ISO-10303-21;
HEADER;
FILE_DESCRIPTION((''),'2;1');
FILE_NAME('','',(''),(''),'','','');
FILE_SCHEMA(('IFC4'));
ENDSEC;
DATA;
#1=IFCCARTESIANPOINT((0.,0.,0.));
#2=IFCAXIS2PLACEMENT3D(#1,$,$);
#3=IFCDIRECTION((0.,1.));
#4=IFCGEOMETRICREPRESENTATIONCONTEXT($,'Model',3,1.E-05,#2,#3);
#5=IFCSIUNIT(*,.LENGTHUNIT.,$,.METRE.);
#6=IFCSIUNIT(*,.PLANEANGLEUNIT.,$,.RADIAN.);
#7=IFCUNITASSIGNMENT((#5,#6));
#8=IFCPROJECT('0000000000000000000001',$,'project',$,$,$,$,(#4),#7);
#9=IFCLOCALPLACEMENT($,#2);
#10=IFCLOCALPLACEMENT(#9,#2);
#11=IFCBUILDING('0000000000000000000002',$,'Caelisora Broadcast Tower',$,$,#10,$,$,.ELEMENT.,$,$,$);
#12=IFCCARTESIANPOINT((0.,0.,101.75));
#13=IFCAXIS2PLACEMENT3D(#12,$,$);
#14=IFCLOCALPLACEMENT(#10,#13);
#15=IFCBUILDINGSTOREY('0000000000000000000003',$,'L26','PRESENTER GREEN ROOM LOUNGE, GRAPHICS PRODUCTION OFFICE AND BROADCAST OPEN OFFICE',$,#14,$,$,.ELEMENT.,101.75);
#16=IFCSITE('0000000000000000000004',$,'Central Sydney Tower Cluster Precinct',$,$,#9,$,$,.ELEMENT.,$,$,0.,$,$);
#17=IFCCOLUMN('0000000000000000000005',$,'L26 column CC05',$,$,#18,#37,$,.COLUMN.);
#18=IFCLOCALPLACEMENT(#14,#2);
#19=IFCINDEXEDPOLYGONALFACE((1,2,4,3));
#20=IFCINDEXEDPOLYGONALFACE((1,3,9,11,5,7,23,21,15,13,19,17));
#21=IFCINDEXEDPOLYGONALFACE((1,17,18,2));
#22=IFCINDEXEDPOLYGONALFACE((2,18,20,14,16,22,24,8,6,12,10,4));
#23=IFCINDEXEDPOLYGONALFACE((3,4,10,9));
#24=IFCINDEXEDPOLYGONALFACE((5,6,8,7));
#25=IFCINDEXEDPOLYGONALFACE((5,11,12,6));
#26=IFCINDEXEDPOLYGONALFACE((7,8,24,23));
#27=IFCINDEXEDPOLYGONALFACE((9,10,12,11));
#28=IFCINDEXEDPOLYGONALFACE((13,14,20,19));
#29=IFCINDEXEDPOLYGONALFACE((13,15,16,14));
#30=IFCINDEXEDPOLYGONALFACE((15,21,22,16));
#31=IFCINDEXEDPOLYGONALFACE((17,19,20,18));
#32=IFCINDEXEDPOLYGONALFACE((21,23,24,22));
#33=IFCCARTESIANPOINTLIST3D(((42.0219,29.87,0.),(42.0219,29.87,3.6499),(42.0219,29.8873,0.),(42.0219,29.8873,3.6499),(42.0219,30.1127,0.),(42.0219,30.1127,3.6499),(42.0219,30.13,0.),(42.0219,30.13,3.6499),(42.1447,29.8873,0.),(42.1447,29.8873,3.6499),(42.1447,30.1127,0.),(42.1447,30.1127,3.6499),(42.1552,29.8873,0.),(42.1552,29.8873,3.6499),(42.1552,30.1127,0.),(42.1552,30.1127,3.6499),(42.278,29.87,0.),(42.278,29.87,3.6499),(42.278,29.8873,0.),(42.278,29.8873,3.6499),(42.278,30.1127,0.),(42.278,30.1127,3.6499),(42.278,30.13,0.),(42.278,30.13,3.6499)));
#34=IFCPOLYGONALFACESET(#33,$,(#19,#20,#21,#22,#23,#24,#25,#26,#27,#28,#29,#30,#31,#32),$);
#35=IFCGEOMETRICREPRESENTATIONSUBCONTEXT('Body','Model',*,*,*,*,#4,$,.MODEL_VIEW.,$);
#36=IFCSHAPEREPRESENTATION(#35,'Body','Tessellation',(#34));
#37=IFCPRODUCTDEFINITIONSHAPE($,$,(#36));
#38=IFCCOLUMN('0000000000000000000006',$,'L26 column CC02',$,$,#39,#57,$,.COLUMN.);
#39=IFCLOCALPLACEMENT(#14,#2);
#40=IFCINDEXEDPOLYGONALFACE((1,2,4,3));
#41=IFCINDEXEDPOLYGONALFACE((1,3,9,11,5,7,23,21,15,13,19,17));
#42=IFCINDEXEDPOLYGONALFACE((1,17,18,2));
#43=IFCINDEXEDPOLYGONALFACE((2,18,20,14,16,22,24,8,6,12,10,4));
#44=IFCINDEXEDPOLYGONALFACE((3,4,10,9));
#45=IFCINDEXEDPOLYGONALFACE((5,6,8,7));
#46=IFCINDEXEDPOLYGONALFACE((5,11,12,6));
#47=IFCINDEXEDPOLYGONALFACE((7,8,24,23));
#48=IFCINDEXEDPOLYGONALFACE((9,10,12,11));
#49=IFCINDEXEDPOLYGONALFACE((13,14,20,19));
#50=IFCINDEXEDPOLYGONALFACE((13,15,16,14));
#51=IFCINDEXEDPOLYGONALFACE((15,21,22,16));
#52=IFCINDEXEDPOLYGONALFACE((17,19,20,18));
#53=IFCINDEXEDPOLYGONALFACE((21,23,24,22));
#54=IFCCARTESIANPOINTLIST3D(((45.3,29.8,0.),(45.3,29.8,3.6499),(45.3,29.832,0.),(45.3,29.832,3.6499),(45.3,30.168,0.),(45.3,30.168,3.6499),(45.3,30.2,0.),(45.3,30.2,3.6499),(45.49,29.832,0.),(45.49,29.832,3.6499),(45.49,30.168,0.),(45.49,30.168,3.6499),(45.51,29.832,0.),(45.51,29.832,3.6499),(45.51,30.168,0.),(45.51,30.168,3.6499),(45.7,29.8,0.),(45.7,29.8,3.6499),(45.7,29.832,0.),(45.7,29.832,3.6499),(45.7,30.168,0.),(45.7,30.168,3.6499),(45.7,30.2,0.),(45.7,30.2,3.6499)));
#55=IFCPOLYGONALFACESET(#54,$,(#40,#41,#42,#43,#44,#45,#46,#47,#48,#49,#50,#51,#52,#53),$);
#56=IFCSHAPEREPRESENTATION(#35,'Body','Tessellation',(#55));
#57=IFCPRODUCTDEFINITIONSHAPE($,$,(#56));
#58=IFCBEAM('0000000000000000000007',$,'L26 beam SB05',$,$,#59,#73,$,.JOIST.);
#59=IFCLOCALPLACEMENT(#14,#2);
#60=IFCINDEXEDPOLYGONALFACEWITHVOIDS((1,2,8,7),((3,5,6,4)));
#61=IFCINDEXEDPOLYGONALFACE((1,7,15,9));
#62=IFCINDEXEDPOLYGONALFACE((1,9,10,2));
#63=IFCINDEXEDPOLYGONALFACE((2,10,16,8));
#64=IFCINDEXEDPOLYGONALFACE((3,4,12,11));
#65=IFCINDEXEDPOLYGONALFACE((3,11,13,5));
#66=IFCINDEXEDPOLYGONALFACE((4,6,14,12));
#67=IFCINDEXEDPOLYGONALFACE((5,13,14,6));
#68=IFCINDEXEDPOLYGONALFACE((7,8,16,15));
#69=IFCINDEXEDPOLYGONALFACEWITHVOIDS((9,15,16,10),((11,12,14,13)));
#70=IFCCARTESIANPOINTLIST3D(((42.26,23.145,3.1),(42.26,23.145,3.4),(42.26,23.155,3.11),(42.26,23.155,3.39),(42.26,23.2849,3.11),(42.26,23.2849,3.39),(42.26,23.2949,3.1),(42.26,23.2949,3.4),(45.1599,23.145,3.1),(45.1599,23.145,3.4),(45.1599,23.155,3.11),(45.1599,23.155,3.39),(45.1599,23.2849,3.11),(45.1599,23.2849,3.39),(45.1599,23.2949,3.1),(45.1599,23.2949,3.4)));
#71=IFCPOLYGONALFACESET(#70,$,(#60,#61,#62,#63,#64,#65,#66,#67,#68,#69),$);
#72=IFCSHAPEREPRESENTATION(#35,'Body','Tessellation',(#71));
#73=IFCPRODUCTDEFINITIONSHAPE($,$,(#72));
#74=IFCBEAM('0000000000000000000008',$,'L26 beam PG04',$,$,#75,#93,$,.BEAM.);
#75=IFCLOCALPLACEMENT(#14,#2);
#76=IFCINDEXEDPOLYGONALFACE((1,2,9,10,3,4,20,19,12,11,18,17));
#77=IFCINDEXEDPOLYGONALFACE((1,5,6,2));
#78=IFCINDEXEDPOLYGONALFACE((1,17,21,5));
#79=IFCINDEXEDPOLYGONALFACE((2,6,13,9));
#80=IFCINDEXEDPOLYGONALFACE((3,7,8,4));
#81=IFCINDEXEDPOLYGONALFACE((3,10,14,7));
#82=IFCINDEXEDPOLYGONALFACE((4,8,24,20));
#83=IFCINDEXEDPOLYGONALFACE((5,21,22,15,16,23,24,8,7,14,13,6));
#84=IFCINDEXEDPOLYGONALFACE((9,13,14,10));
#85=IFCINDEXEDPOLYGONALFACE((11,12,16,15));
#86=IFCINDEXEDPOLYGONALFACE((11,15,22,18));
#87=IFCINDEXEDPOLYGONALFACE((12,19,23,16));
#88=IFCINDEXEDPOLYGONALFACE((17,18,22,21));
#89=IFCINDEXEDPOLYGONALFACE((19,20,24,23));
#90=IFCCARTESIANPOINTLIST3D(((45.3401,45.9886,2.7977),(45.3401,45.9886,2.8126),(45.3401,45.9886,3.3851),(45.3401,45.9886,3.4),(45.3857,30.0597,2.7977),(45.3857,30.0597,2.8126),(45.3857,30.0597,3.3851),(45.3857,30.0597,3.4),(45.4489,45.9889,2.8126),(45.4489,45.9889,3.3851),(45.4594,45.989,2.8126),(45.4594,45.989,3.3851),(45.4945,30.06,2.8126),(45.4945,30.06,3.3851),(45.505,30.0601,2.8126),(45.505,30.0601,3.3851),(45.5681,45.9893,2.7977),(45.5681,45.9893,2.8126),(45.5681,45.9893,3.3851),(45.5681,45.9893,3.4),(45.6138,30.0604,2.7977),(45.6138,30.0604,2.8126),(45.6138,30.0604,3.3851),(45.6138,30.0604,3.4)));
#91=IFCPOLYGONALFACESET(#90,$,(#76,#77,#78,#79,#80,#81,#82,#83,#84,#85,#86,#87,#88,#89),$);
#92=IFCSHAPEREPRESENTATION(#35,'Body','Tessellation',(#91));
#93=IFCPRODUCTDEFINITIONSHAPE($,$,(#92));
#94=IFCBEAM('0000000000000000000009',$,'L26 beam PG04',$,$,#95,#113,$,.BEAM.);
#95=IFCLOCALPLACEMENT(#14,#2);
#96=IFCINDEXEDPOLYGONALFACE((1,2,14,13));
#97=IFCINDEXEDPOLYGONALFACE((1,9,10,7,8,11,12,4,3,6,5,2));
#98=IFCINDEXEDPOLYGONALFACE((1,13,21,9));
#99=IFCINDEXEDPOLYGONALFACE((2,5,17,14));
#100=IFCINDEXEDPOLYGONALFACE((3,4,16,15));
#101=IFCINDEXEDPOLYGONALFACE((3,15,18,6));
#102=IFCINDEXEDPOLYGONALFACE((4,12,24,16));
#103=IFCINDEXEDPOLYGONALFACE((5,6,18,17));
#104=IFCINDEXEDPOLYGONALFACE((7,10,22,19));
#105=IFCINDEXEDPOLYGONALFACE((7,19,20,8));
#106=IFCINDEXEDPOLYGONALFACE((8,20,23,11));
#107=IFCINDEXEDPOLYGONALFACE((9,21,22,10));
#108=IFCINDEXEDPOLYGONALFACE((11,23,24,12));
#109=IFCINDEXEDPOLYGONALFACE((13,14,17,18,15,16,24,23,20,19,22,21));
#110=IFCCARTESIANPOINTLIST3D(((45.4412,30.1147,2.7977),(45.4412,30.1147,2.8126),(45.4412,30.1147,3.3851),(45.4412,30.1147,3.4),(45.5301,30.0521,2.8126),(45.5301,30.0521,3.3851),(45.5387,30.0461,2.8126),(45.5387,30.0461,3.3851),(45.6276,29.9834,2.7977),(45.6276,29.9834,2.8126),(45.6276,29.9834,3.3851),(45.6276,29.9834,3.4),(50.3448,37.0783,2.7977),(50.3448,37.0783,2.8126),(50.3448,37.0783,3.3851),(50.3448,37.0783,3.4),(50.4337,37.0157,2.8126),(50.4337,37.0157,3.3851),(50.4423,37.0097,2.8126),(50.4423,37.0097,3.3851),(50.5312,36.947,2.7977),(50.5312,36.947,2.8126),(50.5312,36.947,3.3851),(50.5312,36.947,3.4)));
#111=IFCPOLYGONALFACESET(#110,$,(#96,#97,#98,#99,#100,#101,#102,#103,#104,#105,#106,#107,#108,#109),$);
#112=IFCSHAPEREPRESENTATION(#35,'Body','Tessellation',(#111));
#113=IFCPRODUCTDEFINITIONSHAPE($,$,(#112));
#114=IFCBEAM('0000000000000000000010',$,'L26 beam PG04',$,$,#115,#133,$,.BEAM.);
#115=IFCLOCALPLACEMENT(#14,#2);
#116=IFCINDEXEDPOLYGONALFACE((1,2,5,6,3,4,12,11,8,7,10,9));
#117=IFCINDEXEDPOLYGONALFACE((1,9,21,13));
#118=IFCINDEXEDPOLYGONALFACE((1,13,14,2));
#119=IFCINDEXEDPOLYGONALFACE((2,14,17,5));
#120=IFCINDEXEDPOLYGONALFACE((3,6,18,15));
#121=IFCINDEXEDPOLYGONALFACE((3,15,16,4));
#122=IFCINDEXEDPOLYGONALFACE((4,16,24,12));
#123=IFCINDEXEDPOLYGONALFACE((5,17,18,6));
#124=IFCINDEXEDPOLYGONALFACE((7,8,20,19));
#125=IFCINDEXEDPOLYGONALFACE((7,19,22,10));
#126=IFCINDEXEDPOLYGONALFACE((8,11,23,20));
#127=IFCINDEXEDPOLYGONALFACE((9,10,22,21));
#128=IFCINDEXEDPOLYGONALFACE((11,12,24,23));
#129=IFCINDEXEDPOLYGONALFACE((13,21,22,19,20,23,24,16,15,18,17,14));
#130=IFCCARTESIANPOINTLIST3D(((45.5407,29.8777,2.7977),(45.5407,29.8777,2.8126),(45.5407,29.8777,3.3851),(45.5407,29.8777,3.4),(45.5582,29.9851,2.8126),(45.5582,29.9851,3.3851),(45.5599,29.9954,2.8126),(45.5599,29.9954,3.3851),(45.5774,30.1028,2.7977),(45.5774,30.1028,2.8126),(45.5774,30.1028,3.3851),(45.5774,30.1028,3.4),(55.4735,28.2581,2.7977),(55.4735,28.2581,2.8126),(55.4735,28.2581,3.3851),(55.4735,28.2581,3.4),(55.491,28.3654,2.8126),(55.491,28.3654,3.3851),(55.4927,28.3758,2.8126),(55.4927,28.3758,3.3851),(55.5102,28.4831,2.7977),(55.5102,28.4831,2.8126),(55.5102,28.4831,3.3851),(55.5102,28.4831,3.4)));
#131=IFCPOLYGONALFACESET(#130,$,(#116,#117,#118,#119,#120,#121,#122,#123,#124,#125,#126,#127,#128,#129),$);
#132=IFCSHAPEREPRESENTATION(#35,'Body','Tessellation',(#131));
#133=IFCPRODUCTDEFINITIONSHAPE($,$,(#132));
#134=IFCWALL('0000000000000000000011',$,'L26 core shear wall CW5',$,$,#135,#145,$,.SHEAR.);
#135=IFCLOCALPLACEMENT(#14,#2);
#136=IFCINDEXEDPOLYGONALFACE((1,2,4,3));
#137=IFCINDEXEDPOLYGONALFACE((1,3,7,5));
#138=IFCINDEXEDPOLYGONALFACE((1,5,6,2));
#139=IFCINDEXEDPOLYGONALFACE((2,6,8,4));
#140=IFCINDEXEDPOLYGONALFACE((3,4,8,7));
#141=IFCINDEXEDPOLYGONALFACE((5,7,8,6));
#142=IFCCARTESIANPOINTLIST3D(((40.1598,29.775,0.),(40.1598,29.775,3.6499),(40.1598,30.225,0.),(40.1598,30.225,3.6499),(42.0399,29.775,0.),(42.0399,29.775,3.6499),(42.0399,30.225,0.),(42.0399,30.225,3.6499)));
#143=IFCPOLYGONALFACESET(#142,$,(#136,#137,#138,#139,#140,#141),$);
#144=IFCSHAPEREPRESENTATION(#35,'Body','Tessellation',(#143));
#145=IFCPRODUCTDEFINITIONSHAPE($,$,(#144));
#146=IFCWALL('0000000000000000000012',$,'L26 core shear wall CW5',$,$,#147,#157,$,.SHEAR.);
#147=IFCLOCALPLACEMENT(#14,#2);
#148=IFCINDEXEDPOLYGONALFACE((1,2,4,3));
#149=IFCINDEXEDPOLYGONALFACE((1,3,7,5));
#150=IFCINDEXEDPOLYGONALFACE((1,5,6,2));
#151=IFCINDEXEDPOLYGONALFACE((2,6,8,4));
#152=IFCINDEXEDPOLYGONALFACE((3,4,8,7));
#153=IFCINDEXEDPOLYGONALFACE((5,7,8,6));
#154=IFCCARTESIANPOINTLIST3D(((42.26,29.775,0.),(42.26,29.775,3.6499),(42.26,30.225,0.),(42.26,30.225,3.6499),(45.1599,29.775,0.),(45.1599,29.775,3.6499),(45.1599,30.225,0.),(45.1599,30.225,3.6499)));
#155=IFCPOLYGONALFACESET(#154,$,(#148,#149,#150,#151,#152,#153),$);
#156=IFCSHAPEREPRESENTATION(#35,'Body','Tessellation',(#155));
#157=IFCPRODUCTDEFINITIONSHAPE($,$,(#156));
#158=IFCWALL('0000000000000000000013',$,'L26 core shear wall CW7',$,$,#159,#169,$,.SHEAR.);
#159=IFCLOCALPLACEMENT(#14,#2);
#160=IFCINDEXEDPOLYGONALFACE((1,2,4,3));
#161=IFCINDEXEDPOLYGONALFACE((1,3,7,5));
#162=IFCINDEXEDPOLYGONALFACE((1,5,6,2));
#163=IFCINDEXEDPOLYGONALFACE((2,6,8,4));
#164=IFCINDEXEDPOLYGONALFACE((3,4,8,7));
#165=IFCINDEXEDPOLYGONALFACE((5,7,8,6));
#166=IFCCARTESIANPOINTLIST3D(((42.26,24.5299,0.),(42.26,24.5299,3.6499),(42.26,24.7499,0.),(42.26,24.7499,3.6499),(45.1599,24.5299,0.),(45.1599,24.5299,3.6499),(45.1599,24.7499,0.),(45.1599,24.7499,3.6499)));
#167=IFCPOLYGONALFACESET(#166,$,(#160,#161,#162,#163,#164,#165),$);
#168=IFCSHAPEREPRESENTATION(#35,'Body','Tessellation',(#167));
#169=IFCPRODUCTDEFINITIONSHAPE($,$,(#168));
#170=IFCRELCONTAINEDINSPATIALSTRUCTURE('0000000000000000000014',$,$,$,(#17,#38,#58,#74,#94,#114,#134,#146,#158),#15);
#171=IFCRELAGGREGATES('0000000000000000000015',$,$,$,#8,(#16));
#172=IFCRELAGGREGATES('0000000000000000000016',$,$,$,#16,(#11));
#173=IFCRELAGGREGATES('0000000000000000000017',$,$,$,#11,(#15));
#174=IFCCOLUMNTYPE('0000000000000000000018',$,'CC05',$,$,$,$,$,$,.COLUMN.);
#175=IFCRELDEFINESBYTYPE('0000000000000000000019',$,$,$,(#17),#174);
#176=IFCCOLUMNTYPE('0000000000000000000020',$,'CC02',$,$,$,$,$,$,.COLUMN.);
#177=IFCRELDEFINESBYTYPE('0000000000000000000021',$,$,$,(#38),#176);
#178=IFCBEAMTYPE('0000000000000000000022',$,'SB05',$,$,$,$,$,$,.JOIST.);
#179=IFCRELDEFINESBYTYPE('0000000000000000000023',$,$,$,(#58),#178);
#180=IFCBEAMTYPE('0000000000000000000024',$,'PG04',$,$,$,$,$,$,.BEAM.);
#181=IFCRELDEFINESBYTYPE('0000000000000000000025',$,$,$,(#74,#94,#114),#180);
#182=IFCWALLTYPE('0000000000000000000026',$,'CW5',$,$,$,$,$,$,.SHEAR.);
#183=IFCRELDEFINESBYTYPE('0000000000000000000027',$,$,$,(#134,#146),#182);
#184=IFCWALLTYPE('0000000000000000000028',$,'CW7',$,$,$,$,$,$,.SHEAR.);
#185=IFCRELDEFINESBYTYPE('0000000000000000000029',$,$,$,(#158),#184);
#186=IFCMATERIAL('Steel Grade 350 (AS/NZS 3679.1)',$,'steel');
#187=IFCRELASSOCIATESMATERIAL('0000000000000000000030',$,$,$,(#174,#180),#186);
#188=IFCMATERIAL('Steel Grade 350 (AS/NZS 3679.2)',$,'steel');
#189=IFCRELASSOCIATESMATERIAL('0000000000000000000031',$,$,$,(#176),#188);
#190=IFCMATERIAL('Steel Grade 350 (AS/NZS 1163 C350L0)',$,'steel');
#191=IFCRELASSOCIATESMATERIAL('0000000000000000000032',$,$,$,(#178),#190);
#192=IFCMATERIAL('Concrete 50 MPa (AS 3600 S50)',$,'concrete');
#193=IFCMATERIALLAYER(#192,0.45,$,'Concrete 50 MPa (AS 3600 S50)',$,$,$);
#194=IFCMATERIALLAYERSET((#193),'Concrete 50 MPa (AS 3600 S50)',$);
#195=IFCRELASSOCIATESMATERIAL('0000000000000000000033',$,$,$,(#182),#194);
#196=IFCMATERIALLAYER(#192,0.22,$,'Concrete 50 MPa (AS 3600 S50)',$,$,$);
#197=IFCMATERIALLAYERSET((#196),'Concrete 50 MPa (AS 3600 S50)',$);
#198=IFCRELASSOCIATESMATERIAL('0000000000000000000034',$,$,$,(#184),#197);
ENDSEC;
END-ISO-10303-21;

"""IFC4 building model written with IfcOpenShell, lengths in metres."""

from ifc_helpers import new_model, si_unit, direction, frame, frame_2d, origin, origin_2d, place, context, subcontext, project, spatial, rectangle, hollow_rectangle, i_section, extrude, source, transform, mapped, material, layer, layer_set, material_profile, profile_set, type_object, type_shapes, element, save


model = new_model("IFC4")

# Units and contexts
model_context = context("Model", 3, precision=1e-05, world=origin(), true_north=direction((0.0, 1.0)))
body_context = subcontext(model_context, "Body", "Model", "MODEL_VIEW")
ifc_project = project(units=[si_unit("LENGTHUNIT", "METRE"), si_unit("PLANEANGLEUNIT", "RADIAN")], contexts=[model_context])

# Site, building, storey
site_placement = place(None, origin())
site = spatial("IfcSite", under=ifc_project, at=site_placement, Name="Central Sydney Tower Cluster Precinct", CompositionType="ELEMENT", RefElevation=0.0)
building_placement = place(site_placement, origin())
building = spatial("IfcBuilding", under=site, at=building_placement, Name="Caelisora Broadcast Tower", CompositionType="ELEMENT")
storey_placement = place(building_placement, frame((0.0, 0.0, 101.75)))
storey = spatial("IfcBuildingStorey", under=building, at=storey_placement, Name="L26", Description="PRESENTER GREEN ROOM LOUNGE, GRAPHICS PRODUCTION OFFICE AND BROADCAST OPEN OFFICE", CompositionType="ELEMENT", Elevation=101.75)

# Columns
ifc_material_1 = material(Name="Steel Grade 350 (AS/NZS 3679.1)", Category="steel")
ifc_material_profile_1 = material_profile(ifc_material_1, i_section(OverallWidth=0.2561, OverallDepth=0.26, WebThickness=0.0105, FlangeThickness=0.0173, at=origin_2d()), Name="Steel Grade 350 (AS/NZS 3679.1)")
ifc_profile_set_1 = profile_set([ifc_material_profile_1], Name="Steel Grade 350 (AS/NZS 3679.1)")
column_type_1 = type_object("IfcColumnType", Name="CC05", PredefinedType="COLUMN", material=ifc_profile_set_1)
shared_shape_1 = source(origin(), body_context, "Body", "SweptSolid", [
    extrude(i_section(OverallWidth=0.2561, OverallDepth=0.26, WebThickness=0.0105, FlangeThickness=0.0173, at=origin_2d()), origin(), (0.0, 0.0, 1.0), 3.6499),
])
type_shapes(column_type_1, [shared_shape_1])
column_1_placement = place(storey_placement, frame((42.1499, 30.0, 0.0), z_axis=(0.0, 0.0, 1.0), x_axis=(1.0, 0.0, 0.0)))
element("IfcColumn", 1, at=column_1_placement, inside=storey, type_object=column_type_1, Name="L26 column CC05", PredefinedType="COLUMN", context=body_context, shape_type="MappedRepresentation", body=[
    mapped(shared_shape_1, transform((0.0, 0.0, 0.0), scale=1.0)),
])
ifc_material_2 = material(Name="Steel Grade 350 (AS/NZS 3679.2)", Category="steel")
ifc_material_profile_2 = material_profile(ifc_material_2, i_section(OverallWidth=0.3999, OverallDepth=0.3999, WebThickness=0.02, FlangeThickness=0.032, at=origin_2d()), Name="Steel Grade 350 (AS/NZS 3679.2)")
ifc_profile_set_2 = profile_set([ifc_material_profile_2], Name="Steel Grade 350 (AS/NZS 3679.2)")
column_type_2 = type_object("IfcColumnType", Name="CC02", PredefinedType="COLUMN", material=ifc_profile_set_2)
shared_shape_2 = source(origin(), body_context, "Body", "SweptSolid", [
    extrude(i_section(OverallWidth=0.3999, OverallDepth=0.3999, WebThickness=0.02, FlangeThickness=0.032, at=origin_2d()), origin(), (0.0, 0.0, 1.0), 3.6499),
])
type_shapes(column_type_2, [shared_shape_2])
column_2_placement = place(storey_placement, frame((45.5, 30.0, 0.0), z_axis=(0.0, 0.0, 1.0), x_axis=(1.0, 0.0, 0.0)))
element("IfcColumn", 2, at=column_2_placement, inside=storey, type_object=column_type_2, Name="L26 column CC02", PredefinedType="COLUMN", context=body_context, shape_type="MappedRepresentation", body=[
    mapped(shared_shape_2, transform((0.0, 0.0, 0.0), scale=1.0)),
])

# Beams
ifc_material_3 = material(Name="Steel Grade 350 (AS/NZS 1163 C350L0)", Category="steel")
ifc_material_profile_3 = material_profile(ifc_material_3, hollow_rectangle(XDim=0.1499, YDim=0.3, WallThickness=0.01, at=origin_2d()), Name="Steel Grade 350 (AS/NZS 1163 C350L0)")
ifc_profile_set_3 = profile_set([ifc_material_profile_3], Name="Steel Grade 350 (AS/NZS 1163 C350L0)")
beam_type_1 = type_object("IfcBeamType", Name="SB05", PredefinedType="JOIST", material=ifc_profile_set_3)
shared_shape_3 = source(origin(), body_context, "Body", "SweptSolid", [
    extrude(hollow_rectangle(XDim=0.1499, YDim=0.3, WallThickness=0.01, at=origin_2d()), origin(), (0.0, 0.0, 1.0), 2.8999),
])
type_shapes(beam_type_1, [shared_shape_3])
beam_1_placement = place(storey_placement, frame((42.26, 23.22, 3.25), z_axis=(1.0, 0.0, 0.0), x_axis=(0.0, 1.0, 0.0)))
element("IfcBeam", 3, at=beam_1_placement, inside=storey, type_object=beam_type_1, Name="L26 beam SB05", PredefinedType="JOIST", context=body_context, shape_type="MappedRepresentation", body=[
    mapped(shared_shape_3, transform((0.0, 0.0, 0.0), scale=1.0)),
])
ifc_material_profile_4 = material_profile(ifc_material_1, i_section(OverallWidth=0.228, OverallDepth=0.6023, WebThickness=0.0105, FlangeThickness=0.0149, at=origin_2d()), Name="Steel Grade 350 (AS/NZS 3679.1)")
ifc_profile_set_4 = profile_set([ifc_material_profile_4], Name="Steel Grade 350 (AS/NZS 3679.1)")
beam_type_2 = type_object("IfcBeamType", Name="PG04", PredefinedType="BEAM", material=ifc_profile_set_4)
shared_shape_4 = source(origin(), body_context, "Body", "SweptSolid", [
    extrude(i_section(OverallWidth=0.228, OverallDepth=0.6023, WebThickness=0.0105, FlangeThickness=0.0149, at=origin_2d()), origin(), (0.0, 0.0, 1.0), 15.929),
])
beam_2_placement = place(storey_placement, frame((45.4998, 30.0601, 3.0989), z_axis=(-0.002866, 0.999996, 0.0), x_axis=(-0.999996, -0.002866, 0.0)))
element("IfcBeam", 4, at=beam_2_placement, inside=storey, type_object=beam_type_2, Name="L26 beam PG04", PredefinedType="BEAM", context=body_context, shape_type="MappedRepresentation", body=[
    mapped(shared_shape_4, transform((0.0, 0.0, 0.0), scale=1.0)),
])
shared_shape_5 = source(origin(), body_context, "Body", "SweptSolid", [
    extrude(i_section(OverallWidth=0.228, OverallDepth=0.6023, WebThickness=0.0105, FlangeThickness=0.0149, at=origin_2d()), origin(), (0.0, 0.0, 1.0), 8.5168),
])
beam_3_placement = place(storey_placement, frame((45.5344, 30.0491, 3.0989), z_axis=(0.575748, 0.817627, 0.0), x_axis=(-0.817627, 0.575748, 0.0)))
element("IfcBeam", 5, at=beam_3_placement, inside=storey, type_object=beam_type_2, Name="L26 beam PG04", PredefinedType="BEAM", context=body_context, shape_type="MappedRepresentation", body=[
    mapped(shared_shape_5, transform((0.0, 0.0, 0.0), scale=1.0)),
])
shared_shape_6 = source(origin(), body_context, "Body", "SweptSolid", [
    extrude(i_section(OverallWidth=0.228, OverallDepth=0.6023, WebThickness=0.0105, FlangeThickness=0.0149, at=origin_2d()), origin(), (0.0, 0.0, 1.0), 10.064),
])
type_shapes(beam_type_2, [shared_shape_4, shared_shape_5, shared_shape_6])
beam_4_placement = place(storey_placement, frame((45.5591, 29.9902, 3.0989), z_axis=(0.986965, -0.160932, 0.0), x_axis=(0.160932, 0.986965, 0.0)))
element("IfcBeam", 6, at=beam_4_placement, inside=storey, type_object=beam_type_2, Name="L26 beam PG04", PredefinedType="BEAM", context=body_context, shape_type="MappedRepresentation", body=[
    mapped(shared_shape_6, transform((0.0, 0.0, 0.0), scale=1.0)),
])

# Walls
ifc_material_4 = material(Name="Concrete 50 MPa (AS 3600 S50)", Category="concrete")
ifc_layer_1 = layer(ifc_material_4, 0.45, Name="Concrete 50 MPa (AS 3600 S50)")
ifc_layer_set_1 = layer_set([ifc_layer_1], Name="Concrete 50 MPa (AS 3600 S50)")
wall_type_1 = type_object("IfcWallType", Name="CW5", PredefinedType="SHEAR", material=ifc_layer_set_1)
wall_1_placement = place(storey_placement, frame((40.1599, 30.0, 0.0), z_axis=(0.0, 0.0, 1.0), x_axis=(1.0, 0.0, 0.0)))
element("IfcWall", 7, at=wall_1_placement, inside=storey, type_object=wall_type_1, Name="L26 core shear wall CW5", PredefinedType="SHEAR", context=body_context, shape_type="SweptSolid", body=[
    extrude(rectangle(XDim=1.8801, YDim=0.45, at=frame_2d((0.9399, 0.0))), origin(), (0.0, 0.0, 1.0), 3.6499),
])
wall_2_placement = place(storey_placement, frame((42.26, 30.0, 0.0), z_axis=(0.0, 0.0, 1.0), x_axis=(1.0, 0.0, 0.0)))
element("IfcWall", 8, at=wall_2_placement, inside=storey, type_object=wall_type_1, Name="L26 core shear wall CW5", PredefinedType="SHEAR", context=body_context, shape_type="SweptSolid", body=[
    extrude(rectangle(XDim=2.8999, YDim=0.45, at=frame_2d((1.45, 0.0))), origin(), (0.0, 0.0, 1.0), 3.6499),
])
ifc_layer_2 = layer(ifc_material_4, 0.22, Name="Concrete 50 MPa (AS 3600 S50)")
ifc_layer_set_2 = layer_set([ifc_layer_2], Name="Concrete 50 MPa (AS 3600 S50)")
wall_type_2 = type_object("IfcWallType", Name="CW7", PredefinedType="SHEAR", material=ifc_layer_set_2)
wall_3_placement = place(storey_placement, frame((42.26, 24.6399, 0.0), z_axis=(0.0, 0.0, 1.0), x_axis=(1.0, 0.0, 0.0)))
element("IfcWall", 9, at=wall_3_placement, inside=storey, type_object=wall_type_2, Name="L26 core shear wall CW7", PredefinedType="SHEAR", context=body_context, shape_type="SweptSolid", body=[
    extrude(rectangle(XDim=2.8999, YDim=0.22, at=frame_2d((1.45, 0.0))), origin(), (0.0, 0.0, 1.0), 3.6499),
])

save(model, "model.ifc")
